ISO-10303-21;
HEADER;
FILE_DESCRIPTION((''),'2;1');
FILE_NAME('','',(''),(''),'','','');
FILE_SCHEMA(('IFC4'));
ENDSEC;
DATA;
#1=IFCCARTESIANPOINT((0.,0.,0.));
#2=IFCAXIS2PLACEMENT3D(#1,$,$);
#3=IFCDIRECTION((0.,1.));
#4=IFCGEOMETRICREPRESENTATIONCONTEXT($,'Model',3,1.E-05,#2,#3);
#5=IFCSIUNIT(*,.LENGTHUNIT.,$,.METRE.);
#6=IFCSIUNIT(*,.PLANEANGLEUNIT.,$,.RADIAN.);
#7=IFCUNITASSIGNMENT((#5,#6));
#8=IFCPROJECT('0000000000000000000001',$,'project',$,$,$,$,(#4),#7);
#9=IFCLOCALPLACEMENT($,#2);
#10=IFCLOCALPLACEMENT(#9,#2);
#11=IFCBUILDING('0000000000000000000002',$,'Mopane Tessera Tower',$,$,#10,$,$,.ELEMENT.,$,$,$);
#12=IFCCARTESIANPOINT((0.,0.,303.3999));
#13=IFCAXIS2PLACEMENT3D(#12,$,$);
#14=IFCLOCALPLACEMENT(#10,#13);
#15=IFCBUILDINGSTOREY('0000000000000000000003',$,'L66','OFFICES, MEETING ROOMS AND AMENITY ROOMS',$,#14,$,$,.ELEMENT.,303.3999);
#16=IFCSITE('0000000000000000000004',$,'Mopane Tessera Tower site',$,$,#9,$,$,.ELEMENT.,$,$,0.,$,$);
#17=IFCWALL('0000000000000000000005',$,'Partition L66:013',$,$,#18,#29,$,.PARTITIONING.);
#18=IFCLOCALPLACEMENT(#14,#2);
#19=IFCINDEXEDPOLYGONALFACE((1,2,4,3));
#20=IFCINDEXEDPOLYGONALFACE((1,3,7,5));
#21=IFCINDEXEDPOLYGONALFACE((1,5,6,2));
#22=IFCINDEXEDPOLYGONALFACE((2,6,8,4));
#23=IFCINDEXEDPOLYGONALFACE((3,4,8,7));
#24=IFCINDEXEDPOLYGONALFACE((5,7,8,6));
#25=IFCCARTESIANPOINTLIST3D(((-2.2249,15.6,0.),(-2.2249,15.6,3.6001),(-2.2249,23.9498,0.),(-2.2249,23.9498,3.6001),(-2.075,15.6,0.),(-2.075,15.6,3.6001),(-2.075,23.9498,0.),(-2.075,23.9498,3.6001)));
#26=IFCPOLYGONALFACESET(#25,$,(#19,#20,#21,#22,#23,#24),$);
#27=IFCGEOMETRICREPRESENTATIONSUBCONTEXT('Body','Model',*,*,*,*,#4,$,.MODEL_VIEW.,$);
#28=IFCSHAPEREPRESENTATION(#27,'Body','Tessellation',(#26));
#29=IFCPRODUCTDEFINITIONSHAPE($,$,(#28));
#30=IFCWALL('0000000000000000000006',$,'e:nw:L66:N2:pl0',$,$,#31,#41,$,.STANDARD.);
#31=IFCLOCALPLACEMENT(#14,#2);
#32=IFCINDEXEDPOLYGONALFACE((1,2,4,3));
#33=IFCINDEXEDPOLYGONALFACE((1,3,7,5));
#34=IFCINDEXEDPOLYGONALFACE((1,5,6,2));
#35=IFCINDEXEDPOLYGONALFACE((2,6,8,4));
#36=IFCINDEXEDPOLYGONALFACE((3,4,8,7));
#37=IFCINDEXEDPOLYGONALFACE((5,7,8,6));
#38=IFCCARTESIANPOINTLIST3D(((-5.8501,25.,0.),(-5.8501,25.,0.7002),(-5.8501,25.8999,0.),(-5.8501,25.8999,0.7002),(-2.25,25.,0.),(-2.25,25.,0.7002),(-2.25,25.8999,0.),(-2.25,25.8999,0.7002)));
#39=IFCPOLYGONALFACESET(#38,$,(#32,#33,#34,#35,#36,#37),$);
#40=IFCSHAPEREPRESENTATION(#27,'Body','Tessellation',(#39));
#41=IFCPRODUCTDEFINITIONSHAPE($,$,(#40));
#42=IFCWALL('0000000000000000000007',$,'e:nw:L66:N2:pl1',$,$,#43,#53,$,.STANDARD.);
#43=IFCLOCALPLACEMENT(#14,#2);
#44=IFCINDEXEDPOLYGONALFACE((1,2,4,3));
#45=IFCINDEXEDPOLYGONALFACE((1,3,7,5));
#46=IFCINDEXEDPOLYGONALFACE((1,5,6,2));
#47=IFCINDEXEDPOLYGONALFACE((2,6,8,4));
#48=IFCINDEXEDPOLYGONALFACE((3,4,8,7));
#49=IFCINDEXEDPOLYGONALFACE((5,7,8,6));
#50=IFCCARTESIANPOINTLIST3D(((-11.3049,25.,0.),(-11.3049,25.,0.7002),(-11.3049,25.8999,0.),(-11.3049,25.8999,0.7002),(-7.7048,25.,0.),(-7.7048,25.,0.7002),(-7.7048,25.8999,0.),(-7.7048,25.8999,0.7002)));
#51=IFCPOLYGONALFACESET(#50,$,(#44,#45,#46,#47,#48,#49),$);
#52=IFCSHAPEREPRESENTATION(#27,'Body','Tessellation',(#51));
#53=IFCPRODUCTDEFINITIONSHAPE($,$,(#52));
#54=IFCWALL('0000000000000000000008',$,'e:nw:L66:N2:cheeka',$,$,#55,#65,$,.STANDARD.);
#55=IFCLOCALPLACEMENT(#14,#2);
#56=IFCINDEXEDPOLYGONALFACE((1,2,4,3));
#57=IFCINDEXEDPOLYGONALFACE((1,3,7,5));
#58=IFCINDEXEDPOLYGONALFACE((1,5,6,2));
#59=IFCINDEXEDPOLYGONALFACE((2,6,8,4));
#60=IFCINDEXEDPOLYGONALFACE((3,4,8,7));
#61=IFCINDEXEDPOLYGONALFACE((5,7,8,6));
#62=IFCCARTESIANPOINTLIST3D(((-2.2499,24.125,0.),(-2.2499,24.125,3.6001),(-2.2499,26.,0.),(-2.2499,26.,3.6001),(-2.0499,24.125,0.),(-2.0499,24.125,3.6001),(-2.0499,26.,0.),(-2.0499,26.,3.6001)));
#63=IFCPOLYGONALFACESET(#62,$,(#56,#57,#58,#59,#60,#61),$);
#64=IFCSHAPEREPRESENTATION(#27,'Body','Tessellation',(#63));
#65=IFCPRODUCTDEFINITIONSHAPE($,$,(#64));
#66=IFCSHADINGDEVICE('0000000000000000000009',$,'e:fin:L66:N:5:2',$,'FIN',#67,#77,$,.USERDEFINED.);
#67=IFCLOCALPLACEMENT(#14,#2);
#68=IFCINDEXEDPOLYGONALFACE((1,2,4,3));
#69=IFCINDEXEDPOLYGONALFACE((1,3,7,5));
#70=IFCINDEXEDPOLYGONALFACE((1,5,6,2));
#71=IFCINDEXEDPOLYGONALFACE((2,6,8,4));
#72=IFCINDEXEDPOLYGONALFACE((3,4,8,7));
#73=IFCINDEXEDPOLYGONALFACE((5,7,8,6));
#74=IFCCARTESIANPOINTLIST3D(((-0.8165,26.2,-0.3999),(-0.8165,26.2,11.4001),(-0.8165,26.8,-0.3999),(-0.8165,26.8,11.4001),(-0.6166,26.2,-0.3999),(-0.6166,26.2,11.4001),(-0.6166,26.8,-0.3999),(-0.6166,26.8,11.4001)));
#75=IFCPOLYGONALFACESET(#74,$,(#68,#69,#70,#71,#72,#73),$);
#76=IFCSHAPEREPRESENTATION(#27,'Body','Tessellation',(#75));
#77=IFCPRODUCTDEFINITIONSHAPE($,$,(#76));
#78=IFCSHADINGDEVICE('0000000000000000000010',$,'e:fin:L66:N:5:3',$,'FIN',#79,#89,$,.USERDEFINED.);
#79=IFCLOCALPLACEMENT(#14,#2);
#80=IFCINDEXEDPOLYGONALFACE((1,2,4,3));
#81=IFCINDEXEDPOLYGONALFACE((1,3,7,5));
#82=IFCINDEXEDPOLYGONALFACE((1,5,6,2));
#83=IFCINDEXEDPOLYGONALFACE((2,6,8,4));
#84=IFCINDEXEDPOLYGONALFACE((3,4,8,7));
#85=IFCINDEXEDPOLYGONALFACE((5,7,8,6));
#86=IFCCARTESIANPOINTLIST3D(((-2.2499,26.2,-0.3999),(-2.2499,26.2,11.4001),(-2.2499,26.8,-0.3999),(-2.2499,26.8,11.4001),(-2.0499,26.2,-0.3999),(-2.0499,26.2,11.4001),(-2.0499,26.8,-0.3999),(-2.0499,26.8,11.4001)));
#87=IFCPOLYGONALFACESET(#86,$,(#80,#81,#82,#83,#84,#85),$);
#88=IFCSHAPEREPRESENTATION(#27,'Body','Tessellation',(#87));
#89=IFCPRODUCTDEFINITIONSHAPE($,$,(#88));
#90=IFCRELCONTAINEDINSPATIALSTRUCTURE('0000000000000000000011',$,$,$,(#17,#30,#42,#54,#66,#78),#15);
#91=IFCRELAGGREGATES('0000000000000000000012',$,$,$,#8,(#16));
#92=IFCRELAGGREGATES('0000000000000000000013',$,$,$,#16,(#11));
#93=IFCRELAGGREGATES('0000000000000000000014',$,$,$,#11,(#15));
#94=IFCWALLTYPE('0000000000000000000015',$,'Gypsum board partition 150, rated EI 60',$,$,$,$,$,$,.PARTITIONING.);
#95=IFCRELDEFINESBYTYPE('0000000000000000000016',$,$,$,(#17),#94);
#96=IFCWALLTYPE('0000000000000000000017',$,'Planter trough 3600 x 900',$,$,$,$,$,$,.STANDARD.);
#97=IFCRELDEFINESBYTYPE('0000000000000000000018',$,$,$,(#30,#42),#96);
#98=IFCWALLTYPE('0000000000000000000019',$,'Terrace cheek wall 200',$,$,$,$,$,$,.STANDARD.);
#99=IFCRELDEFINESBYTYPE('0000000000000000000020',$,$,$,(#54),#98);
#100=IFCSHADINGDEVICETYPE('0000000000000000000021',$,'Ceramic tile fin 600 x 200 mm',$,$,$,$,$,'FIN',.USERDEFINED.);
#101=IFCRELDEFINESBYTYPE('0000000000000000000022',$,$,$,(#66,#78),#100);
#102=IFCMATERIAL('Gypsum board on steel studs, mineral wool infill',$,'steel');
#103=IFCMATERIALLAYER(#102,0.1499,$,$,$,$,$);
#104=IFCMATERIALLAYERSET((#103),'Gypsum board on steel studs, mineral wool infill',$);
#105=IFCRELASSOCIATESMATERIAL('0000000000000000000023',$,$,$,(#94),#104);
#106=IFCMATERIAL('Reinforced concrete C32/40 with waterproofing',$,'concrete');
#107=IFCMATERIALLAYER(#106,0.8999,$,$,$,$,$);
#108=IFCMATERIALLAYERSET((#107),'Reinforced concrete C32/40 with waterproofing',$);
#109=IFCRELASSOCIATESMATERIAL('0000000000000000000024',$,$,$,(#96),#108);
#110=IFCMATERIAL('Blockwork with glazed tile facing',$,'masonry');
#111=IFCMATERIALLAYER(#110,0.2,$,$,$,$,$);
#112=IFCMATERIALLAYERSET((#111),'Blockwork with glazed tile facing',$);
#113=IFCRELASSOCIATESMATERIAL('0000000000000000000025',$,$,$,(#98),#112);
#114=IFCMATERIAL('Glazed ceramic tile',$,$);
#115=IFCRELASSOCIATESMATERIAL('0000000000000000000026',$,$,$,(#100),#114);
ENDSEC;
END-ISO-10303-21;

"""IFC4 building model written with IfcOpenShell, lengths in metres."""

from ifc_helpers import new_model, si_unit, direction, frame, frame_2d, origin, origin_2d, place, context, subcontext, project, spatial, rectangle, extrude, material, layer, layer_set, type_object, element, save


model = new_model("IFC4")

# Units and contexts
model_context = context("Model", 3, precision=1e-05, world=origin(), true_north=direction((0.0, 1.0)))
body_context = subcontext(model_context, "Body", "Model", "MODEL_VIEW")
ifc_project = project(units=[si_unit("LENGTHUNIT", "METRE"), si_unit("PLANEANGLEUNIT", "RADIAN")], contexts=[model_context])

# Site, building, storey
site_placement = place(None, origin())
site = spatial("IfcSite", under=ifc_project, at=site_placement, Name="Mopane Tessera Tower site", CompositionType="ELEMENT", RefElevation=0.0)
building_placement = place(site_placement, origin())
building = spatial("IfcBuilding", under=site, at=building_placement, Name="Mopane Tessera Tower", CompositionType="ELEMENT")
storey_placement = place(building_placement, frame((0.0, 0.0, 303.3999)))
storey = spatial("IfcBuildingStorey", under=building, at=storey_placement, Name="L66", Description="OFFICES, MEETING ROOMS AND AMENITY ROOMS", CompositionType="ELEMENT", Elevation=303.3999)

# Walls
ifc_material_1 = material(Name="Gypsum board on steel studs, mineral wool infill", Category="steel")
ifc_layer_1 = layer(ifc_material_1, 0.1499)
ifc_layer_set_1 = layer_set([ifc_layer_1], Name="Gypsum board on steel studs, mineral wool infill")
wall_type_1 = type_object("IfcWallType", Name="Gypsum board partition 150, rated EI 60", PredefinedType="PARTITIONING", material=ifc_layer_set_1)
wall_1_placement = place(storey_placement, frame((-2.1499, 15.6001, 0.0), z_axis=(0.0, 0.0, 1.0), x_axis=(0.0, 1.0, 0.0)))
element("IfcWall", 1, at=wall_1_placement, inside=storey, type_object=wall_type_1, Name="Partition L66:013", PredefinedType="PARTITIONING", context=body_context, shape_type="SweptSolid", body=[
    extrude(rectangle(XDim=8.3499, YDim=0.1499, at=frame_2d((4.1748, 0.0))), origin(), (0.0, 0.0, 1.0), 3.6001),
])
ifc_material_2 = material(Name="Reinforced concrete C32/40 with waterproofing", Category="concrete")
ifc_layer_2 = layer(ifc_material_2, 0.8999)
ifc_layer_set_2 = layer_set([ifc_layer_2], Name="Reinforced concrete C32/40 with waterproofing")
wall_type_2 = type_object("IfcWallType", Name="Planter trough 3600 x 900", PredefinedType="STANDARD", material=ifc_layer_set_2)
for number, where, z_axis, x_axis, name in (
    (2, (-2.25, 25.45, 0.0), (0.0, 0.0, 1.0), (-1.0, 0.0, 0.0), "e:nw:L66:N2:pl0"),
    (3, (-7.7048, 25.45, 0.0), (0.0, 0.0, 1.0), (-1.0, 0.0, 0.0), "e:nw:L66:N2:pl1"),
):
    element("IfcWall", number, at=place(storey_placement, frame(where, z_axis=z_axis, x_axis=x_axis)), inside=storey, type_object=wall_type_2, Name=name, PredefinedType="STANDARD", context=body_context, shape_type="SweptSolid", body=[
        extrude(rectangle(XDim=3.6001, YDim=0.8999, at=frame_2d((1.8, 0.0))), origin(), (0.0, 0.0, 1.0), 0.7002),
    ])
ifc_material_3 = material(Name="Blockwork with glazed tile facing", Category="masonry")
ifc_layer_3 = layer(ifc_material_3, 0.2)
ifc_layer_set_3 = layer_set([ifc_layer_3], Name="Blockwork with glazed tile facing")
wall_type_3 = type_object("IfcWallType", Name="Terrace cheek wall 200", PredefinedType="STANDARD", material=ifc_layer_set_3)
wall_2_placement = place(storey_placement, frame((-2.1499, 26.0, 0.0), z_axis=(0.0, 0.0, 1.0), x_axis=(0.0, -1.0, 0.0)))
element("IfcWall", 4, at=wall_2_placement, inside=storey, type_object=wall_type_3, Name="e:nw:L66:N2:cheeka", PredefinedType="STANDARD", context=body_context, shape_type="SweptSolid", body=[
    extrude(rectangle(XDim=1.875, YDim=0.2, at=frame_2d((0.9375, 0.0))), origin(), (0.0, 0.0, 1.0), 3.6001),
])

# Shading devices
ifc_material_4 = material(Name="Glazed ceramic tile")
shading_device_type = type_object("IfcShadingDeviceType", Name="Ceramic tile fin 600 x 200 mm", ElementType="FIN", PredefinedType="USERDEFINED", material=ifc_material_4)
for number, where, z_axis, x_axis, name in (
    (5, (-0.7166, 26.5, -0.3999), (0.0, 0.0, 1.0), (-1.0, 0.0, 0.0), "e:fin:L66:N:5:2"),
    (6, (-2.1499, 26.5, -0.3999), (0.0, 0.0, 1.0), (-1.0, 0.0, 0.0), "e:fin:L66:N:5:3"),
):
    element("IfcShadingDevice", number, at=place(storey_placement, frame(where, z_axis=z_axis, x_axis=x_axis)), inside=storey, type_object=shading_device_type, Name=name, ObjectType="FIN", PredefinedType="USERDEFINED", context=body_context, shape_type="SweptSolid", body=[
        extrude(rectangle(XDim=0.2, YDim=0.6001, at=origin_2d()), origin(), (0.0, 0.0, 1.0), 11.8),
    ])

save(model, "model.ifc")
